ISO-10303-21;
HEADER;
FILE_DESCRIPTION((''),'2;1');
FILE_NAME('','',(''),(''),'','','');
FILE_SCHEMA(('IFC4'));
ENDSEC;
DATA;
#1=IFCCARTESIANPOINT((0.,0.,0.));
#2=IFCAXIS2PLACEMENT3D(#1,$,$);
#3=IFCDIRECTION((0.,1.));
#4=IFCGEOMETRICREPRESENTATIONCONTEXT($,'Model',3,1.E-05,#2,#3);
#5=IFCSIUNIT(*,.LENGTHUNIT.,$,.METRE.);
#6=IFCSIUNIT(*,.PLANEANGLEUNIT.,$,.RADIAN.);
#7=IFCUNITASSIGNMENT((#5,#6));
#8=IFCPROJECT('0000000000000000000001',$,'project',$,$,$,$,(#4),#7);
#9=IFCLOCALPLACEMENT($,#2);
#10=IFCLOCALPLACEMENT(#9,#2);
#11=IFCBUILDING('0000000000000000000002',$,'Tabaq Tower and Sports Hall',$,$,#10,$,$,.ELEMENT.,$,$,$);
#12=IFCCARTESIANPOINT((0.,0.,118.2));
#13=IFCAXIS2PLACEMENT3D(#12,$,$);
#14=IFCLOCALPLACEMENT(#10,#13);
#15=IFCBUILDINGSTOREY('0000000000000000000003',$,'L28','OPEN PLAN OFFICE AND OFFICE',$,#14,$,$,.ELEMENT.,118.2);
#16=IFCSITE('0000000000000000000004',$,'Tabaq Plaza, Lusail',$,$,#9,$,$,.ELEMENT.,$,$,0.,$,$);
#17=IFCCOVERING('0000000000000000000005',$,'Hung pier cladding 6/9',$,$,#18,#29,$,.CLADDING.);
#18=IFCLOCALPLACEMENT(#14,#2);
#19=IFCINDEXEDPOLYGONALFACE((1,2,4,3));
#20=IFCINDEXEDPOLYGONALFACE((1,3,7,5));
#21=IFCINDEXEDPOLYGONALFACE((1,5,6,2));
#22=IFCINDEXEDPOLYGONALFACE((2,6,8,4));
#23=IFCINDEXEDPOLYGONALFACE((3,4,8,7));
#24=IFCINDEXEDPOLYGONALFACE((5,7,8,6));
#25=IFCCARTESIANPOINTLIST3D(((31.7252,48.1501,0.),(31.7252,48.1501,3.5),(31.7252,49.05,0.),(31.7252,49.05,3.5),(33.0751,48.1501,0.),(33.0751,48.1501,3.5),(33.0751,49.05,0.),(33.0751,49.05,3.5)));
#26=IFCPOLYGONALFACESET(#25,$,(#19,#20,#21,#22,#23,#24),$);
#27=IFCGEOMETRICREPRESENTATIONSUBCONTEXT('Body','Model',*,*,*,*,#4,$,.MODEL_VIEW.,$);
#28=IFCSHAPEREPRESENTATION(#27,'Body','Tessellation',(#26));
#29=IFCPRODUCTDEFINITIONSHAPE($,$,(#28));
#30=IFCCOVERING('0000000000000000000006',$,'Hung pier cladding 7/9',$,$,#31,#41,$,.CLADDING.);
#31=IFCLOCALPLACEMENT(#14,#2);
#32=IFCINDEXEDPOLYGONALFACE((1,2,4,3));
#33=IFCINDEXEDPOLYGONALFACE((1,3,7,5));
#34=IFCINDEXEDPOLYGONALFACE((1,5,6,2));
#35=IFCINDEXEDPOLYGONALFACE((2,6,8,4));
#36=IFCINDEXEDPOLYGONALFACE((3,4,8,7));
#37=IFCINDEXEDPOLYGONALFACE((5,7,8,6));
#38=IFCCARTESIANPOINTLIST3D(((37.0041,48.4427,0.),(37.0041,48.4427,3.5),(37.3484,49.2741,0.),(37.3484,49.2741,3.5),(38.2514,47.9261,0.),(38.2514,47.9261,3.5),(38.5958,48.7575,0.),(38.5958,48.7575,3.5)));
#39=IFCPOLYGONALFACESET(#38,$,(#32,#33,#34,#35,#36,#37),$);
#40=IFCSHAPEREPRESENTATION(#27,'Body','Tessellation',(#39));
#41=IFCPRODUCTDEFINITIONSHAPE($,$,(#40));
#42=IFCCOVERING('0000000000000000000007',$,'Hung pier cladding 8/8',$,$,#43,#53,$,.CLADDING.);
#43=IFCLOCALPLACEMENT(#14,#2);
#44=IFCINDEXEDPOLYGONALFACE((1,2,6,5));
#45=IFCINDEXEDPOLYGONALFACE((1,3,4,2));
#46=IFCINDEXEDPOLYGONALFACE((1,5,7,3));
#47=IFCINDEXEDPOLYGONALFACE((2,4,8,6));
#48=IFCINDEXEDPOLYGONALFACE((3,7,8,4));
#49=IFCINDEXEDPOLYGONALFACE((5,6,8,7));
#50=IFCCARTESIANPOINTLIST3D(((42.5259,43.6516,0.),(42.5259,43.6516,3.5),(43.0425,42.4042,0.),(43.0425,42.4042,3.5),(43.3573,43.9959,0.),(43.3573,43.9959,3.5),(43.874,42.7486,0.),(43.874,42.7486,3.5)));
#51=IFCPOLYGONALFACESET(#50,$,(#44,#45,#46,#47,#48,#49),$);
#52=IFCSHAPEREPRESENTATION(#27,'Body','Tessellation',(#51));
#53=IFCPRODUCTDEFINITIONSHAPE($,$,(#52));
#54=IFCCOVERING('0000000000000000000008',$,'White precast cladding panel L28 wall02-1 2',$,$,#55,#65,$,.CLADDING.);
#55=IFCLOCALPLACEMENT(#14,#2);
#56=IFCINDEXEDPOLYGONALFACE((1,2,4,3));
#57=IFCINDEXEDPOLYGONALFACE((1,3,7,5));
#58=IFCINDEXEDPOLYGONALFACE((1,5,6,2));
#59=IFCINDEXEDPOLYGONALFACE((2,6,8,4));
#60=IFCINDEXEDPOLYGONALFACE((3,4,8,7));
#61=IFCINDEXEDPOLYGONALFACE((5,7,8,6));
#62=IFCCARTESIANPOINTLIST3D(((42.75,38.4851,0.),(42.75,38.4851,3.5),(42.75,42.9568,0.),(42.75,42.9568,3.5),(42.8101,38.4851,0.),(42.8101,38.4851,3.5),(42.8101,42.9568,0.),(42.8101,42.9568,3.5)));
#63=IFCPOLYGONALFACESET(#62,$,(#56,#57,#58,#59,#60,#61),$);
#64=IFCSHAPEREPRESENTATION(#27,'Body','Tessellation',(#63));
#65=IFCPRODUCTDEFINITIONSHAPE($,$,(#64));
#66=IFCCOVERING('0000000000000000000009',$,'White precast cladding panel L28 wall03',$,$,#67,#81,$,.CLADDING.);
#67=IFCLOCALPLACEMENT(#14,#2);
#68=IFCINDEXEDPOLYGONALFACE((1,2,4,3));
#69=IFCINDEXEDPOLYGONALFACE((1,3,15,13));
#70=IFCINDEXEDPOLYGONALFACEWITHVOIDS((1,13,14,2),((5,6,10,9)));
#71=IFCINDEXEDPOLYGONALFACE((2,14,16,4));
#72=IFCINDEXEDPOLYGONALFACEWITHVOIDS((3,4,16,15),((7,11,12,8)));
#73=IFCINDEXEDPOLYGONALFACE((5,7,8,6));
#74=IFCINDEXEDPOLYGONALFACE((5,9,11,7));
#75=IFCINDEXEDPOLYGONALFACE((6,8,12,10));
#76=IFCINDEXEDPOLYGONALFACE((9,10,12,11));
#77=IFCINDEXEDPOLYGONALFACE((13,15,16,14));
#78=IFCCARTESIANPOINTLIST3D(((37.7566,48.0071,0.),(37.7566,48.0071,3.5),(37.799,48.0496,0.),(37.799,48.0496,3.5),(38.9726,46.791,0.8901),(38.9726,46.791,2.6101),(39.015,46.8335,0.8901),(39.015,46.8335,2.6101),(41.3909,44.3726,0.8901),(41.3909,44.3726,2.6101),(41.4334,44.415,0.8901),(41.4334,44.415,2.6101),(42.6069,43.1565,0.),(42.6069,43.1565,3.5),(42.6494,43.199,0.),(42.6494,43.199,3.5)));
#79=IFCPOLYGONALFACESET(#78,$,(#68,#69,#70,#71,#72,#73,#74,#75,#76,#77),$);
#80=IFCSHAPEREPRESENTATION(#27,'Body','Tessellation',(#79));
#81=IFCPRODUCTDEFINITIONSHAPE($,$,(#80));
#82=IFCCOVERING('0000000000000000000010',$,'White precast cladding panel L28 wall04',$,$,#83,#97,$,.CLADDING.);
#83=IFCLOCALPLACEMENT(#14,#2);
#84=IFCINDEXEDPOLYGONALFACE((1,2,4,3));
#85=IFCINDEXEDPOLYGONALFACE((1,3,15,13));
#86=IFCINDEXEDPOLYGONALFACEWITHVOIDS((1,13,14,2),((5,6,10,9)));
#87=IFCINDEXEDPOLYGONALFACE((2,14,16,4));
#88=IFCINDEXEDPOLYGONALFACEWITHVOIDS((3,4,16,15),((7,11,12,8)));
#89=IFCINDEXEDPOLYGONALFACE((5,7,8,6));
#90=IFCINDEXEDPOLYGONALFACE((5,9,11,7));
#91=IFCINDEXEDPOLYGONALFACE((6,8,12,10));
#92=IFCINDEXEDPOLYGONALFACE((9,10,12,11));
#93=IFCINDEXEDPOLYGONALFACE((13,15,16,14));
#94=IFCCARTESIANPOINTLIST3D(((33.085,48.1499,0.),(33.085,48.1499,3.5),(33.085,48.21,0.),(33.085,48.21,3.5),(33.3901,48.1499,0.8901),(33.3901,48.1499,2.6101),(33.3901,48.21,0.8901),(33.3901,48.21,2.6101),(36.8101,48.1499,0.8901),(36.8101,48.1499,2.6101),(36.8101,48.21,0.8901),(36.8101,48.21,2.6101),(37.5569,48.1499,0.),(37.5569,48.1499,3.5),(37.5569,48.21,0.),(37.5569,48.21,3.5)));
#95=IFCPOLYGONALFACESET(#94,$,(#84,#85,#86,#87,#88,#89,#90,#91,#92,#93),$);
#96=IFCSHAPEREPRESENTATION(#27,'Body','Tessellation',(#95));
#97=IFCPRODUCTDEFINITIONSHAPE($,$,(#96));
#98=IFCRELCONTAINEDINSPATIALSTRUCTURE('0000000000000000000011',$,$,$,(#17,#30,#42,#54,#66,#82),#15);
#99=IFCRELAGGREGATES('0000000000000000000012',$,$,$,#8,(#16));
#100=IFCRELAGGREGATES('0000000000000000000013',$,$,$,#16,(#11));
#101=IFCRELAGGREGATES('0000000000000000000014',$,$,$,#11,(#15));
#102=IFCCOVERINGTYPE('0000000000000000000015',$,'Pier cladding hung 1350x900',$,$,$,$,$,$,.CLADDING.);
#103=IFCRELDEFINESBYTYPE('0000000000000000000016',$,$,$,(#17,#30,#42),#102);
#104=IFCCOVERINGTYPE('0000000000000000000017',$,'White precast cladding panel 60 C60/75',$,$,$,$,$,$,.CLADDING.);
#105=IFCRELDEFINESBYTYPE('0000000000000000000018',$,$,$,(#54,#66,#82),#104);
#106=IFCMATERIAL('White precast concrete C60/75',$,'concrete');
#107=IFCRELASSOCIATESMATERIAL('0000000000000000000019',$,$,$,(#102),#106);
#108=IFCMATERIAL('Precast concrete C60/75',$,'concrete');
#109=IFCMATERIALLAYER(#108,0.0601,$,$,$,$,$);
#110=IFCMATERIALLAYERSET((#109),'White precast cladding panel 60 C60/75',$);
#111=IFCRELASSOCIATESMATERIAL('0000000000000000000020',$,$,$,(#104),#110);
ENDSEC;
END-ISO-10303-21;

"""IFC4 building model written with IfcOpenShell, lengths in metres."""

from ifc_helpers import new_model, si_unit, direction, frame, frame_2d, origin, place, context, subcontext, project, spatial, polyline, rectangle, outline, extrude, material, layer, layer_set, type_object, element, save


model = new_model("IFC4")

# Units and contexts
model_context = context("Model", 3, precision=1e-05, world=origin(), true_north=direction((0.0, 1.0)))
body_context = subcontext(model_context, "Body", "Model", "MODEL_VIEW")
ifc_project = project(units=[si_unit("LENGTHUNIT", "METRE"), si_unit("PLANEANGLEUNIT", "RADIAN")], contexts=[model_context])

# Site, building, storey
site_placement = place(None, origin())
site = spatial("IfcSite", under=ifc_project, at=site_placement, Name="Tabaq Plaza, Lusail", CompositionType="ELEMENT", RefElevation=0.0)
building_placement = place(site_placement, origin())
building = spatial("IfcBuilding", under=site, at=building_placement, Name="Tabaq Tower and Sports Hall", CompositionType="ELEMENT")
storey_placement = place(building_placement, frame((0.0, 0.0, 118.2)))
storey = spatial("IfcBuildingStorey", under=building, at=storey_placement, Name="L28", Description="OPEN PLAN OFFICE AND OFFICE", CompositionType="ELEMENT", Elevation=118.2)

# Coverings
ifc_material_1 = material(Name="White precast concrete C60/75", Category="concrete")
covering_type_1 = type_object("IfcCoveringType", Name="Pier cladding hung 1350x900", PredefinedType="CLADDING", material=ifc_material_1)
covering_1_placement = place(storey_placement, frame((33.075, 48.6001, 0.0), z_axis=(0.0, 0.0, 1.0), x_axis=(-1.0, 0.0, 0.0)))
element("IfcCovering", 1, at=covering_1_placement, inside=storey, type_object=covering_type_1, Name="Hung pier cladding 6/9", PredefinedType="CLADDING", context=body_context, shape_type="SweptSolid", body=[
    extrude(rectangle(XDim=1.3499, YDim=0.8999, at=frame_2d((0.6748, 0.0))), origin(), (0.0, 0.0, 1.0), 3.5),
])
for number, where, z_axis, x_axis, name in (
    (2, (38.4236, 48.3418, 0.0), (0.0, 0.0, 1.0), (-0.923893, 0.38265, 0.0), "Hung pier cladding 7/9"),
    (3, (43.4583, 42.5764, 0.0), (0.0, 0.0, 1.0), (-0.38265, 0.923893, 0.0), "Hung pier cladding 8/8"),
):
    element("IfcCovering", number, at=place(storey_placement, frame(where, z_axis=z_axis, x_axis=x_axis)), inside=storey, type_object=covering_type_1, Name=name, PredefinedType="CLADDING", context=body_context, shape_type="SweptSolid", body=[
        extrude(rectangle(XDim=1.3501, YDim=0.8999, at=frame_2d((0.675, 0.0))), origin(), (0.0, 0.0, 1.0), 3.5),
    ])
ifc_material_2 = material(Name="Precast concrete C60/75", Category="concrete")
ifc_layer_1 = layer(ifc_material_2, 0.0601)
ifc_layer_set_1 = layer_set([ifc_layer_1], Name="White precast cladding panel 60 C60/75")
covering_type_2 = type_object("IfcCoveringType", Name="White precast cladding panel 60 C60/75", PredefinedType="CLADDING", material=ifc_layer_set_1)
covering_2_placement = place(storey_placement, frame((42.78, 38.4851, 0.0), z_axis=(0.0, 0.0, 1.0), x_axis=(0.0, 1.0, 0.0)))
element("IfcCovering", 4, at=covering_2_placement, inside=storey, type_object=covering_type_2, Name="White precast cladding panel L28 wall02-1 2", PredefinedType="CLADDING", context=body_context, shape_type="SweptSolid", body=[
    extrude(rectangle(XDim=4.4717, YDim=0.0601, at=frame_2d((2.2358, 0.0))), origin(), (0.0, 0.0, 1.0), 3.5),
])
covering_3_placement = place(storey_placement, frame((42.6282, 43.1777, 0.0), z_axis=(0.0, 0.0, 1.0), x_axis=(-0.707089, 0.707125, 0.0)))
element("IfcCovering", 5, at=covering_3_placement, inside=storey, type_object=covering_type_2, Name="White precast cladding panel L28 wall03", PredefinedType="CLADDING", context=body_context, shape_type="SweptSolid", body=[
    extrude(outline(polyline([(0.0, 0.0), (6.8596, 0.0), (6.8596, 3.5), (0.0, 3.5), (0.0, 0.0)]), holes=[polyline([(1.7197, 0.8901), (1.7197, 2.6101), (5.1399, 2.6101), (5.1399, 0.8901), (1.7197, 0.8901)])]), frame((0.0, 0.03, 0.0), z_axis=(0.0, -1.0, 0.0), x_axis=(1.0, 0.0, 0.0)), (0.0, 0.0, 1.0), 0.0601),
])
covering_4_placement = place(storey_placement, frame((37.5569, 48.1799, 0.0), z_axis=(0.0, 0.0, 1.0), x_axis=(-1.0, 0.0, 0.0)))
element("IfcCovering", 6, at=covering_4_placement, inside=storey, type_object=covering_type_2, Name="White precast cladding panel L28 wall04", PredefinedType="CLADDING", context=body_context, shape_type="SweptSolid", body=[
    extrude(outline(polyline([(0.0, 0.0), (4.4719, 0.0), (4.4719, 3.5), (0.0, 3.5), (0.0, 0.0)]), holes=[polyline([(0.7468, 0.8901), (0.7468, 2.6101), (4.1667, 2.6101), (4.1667, 0.8901), (0.7468, 0.8901)])]), frame((0.0, 0.03, 0.0), z_axis=(0.0, -1.0, 0.0), x_axis=(1.0, 0.0, 0.0)), (0.0, 0.0, 1.0), 0.0601),
])

save(model, "model.ifc")
